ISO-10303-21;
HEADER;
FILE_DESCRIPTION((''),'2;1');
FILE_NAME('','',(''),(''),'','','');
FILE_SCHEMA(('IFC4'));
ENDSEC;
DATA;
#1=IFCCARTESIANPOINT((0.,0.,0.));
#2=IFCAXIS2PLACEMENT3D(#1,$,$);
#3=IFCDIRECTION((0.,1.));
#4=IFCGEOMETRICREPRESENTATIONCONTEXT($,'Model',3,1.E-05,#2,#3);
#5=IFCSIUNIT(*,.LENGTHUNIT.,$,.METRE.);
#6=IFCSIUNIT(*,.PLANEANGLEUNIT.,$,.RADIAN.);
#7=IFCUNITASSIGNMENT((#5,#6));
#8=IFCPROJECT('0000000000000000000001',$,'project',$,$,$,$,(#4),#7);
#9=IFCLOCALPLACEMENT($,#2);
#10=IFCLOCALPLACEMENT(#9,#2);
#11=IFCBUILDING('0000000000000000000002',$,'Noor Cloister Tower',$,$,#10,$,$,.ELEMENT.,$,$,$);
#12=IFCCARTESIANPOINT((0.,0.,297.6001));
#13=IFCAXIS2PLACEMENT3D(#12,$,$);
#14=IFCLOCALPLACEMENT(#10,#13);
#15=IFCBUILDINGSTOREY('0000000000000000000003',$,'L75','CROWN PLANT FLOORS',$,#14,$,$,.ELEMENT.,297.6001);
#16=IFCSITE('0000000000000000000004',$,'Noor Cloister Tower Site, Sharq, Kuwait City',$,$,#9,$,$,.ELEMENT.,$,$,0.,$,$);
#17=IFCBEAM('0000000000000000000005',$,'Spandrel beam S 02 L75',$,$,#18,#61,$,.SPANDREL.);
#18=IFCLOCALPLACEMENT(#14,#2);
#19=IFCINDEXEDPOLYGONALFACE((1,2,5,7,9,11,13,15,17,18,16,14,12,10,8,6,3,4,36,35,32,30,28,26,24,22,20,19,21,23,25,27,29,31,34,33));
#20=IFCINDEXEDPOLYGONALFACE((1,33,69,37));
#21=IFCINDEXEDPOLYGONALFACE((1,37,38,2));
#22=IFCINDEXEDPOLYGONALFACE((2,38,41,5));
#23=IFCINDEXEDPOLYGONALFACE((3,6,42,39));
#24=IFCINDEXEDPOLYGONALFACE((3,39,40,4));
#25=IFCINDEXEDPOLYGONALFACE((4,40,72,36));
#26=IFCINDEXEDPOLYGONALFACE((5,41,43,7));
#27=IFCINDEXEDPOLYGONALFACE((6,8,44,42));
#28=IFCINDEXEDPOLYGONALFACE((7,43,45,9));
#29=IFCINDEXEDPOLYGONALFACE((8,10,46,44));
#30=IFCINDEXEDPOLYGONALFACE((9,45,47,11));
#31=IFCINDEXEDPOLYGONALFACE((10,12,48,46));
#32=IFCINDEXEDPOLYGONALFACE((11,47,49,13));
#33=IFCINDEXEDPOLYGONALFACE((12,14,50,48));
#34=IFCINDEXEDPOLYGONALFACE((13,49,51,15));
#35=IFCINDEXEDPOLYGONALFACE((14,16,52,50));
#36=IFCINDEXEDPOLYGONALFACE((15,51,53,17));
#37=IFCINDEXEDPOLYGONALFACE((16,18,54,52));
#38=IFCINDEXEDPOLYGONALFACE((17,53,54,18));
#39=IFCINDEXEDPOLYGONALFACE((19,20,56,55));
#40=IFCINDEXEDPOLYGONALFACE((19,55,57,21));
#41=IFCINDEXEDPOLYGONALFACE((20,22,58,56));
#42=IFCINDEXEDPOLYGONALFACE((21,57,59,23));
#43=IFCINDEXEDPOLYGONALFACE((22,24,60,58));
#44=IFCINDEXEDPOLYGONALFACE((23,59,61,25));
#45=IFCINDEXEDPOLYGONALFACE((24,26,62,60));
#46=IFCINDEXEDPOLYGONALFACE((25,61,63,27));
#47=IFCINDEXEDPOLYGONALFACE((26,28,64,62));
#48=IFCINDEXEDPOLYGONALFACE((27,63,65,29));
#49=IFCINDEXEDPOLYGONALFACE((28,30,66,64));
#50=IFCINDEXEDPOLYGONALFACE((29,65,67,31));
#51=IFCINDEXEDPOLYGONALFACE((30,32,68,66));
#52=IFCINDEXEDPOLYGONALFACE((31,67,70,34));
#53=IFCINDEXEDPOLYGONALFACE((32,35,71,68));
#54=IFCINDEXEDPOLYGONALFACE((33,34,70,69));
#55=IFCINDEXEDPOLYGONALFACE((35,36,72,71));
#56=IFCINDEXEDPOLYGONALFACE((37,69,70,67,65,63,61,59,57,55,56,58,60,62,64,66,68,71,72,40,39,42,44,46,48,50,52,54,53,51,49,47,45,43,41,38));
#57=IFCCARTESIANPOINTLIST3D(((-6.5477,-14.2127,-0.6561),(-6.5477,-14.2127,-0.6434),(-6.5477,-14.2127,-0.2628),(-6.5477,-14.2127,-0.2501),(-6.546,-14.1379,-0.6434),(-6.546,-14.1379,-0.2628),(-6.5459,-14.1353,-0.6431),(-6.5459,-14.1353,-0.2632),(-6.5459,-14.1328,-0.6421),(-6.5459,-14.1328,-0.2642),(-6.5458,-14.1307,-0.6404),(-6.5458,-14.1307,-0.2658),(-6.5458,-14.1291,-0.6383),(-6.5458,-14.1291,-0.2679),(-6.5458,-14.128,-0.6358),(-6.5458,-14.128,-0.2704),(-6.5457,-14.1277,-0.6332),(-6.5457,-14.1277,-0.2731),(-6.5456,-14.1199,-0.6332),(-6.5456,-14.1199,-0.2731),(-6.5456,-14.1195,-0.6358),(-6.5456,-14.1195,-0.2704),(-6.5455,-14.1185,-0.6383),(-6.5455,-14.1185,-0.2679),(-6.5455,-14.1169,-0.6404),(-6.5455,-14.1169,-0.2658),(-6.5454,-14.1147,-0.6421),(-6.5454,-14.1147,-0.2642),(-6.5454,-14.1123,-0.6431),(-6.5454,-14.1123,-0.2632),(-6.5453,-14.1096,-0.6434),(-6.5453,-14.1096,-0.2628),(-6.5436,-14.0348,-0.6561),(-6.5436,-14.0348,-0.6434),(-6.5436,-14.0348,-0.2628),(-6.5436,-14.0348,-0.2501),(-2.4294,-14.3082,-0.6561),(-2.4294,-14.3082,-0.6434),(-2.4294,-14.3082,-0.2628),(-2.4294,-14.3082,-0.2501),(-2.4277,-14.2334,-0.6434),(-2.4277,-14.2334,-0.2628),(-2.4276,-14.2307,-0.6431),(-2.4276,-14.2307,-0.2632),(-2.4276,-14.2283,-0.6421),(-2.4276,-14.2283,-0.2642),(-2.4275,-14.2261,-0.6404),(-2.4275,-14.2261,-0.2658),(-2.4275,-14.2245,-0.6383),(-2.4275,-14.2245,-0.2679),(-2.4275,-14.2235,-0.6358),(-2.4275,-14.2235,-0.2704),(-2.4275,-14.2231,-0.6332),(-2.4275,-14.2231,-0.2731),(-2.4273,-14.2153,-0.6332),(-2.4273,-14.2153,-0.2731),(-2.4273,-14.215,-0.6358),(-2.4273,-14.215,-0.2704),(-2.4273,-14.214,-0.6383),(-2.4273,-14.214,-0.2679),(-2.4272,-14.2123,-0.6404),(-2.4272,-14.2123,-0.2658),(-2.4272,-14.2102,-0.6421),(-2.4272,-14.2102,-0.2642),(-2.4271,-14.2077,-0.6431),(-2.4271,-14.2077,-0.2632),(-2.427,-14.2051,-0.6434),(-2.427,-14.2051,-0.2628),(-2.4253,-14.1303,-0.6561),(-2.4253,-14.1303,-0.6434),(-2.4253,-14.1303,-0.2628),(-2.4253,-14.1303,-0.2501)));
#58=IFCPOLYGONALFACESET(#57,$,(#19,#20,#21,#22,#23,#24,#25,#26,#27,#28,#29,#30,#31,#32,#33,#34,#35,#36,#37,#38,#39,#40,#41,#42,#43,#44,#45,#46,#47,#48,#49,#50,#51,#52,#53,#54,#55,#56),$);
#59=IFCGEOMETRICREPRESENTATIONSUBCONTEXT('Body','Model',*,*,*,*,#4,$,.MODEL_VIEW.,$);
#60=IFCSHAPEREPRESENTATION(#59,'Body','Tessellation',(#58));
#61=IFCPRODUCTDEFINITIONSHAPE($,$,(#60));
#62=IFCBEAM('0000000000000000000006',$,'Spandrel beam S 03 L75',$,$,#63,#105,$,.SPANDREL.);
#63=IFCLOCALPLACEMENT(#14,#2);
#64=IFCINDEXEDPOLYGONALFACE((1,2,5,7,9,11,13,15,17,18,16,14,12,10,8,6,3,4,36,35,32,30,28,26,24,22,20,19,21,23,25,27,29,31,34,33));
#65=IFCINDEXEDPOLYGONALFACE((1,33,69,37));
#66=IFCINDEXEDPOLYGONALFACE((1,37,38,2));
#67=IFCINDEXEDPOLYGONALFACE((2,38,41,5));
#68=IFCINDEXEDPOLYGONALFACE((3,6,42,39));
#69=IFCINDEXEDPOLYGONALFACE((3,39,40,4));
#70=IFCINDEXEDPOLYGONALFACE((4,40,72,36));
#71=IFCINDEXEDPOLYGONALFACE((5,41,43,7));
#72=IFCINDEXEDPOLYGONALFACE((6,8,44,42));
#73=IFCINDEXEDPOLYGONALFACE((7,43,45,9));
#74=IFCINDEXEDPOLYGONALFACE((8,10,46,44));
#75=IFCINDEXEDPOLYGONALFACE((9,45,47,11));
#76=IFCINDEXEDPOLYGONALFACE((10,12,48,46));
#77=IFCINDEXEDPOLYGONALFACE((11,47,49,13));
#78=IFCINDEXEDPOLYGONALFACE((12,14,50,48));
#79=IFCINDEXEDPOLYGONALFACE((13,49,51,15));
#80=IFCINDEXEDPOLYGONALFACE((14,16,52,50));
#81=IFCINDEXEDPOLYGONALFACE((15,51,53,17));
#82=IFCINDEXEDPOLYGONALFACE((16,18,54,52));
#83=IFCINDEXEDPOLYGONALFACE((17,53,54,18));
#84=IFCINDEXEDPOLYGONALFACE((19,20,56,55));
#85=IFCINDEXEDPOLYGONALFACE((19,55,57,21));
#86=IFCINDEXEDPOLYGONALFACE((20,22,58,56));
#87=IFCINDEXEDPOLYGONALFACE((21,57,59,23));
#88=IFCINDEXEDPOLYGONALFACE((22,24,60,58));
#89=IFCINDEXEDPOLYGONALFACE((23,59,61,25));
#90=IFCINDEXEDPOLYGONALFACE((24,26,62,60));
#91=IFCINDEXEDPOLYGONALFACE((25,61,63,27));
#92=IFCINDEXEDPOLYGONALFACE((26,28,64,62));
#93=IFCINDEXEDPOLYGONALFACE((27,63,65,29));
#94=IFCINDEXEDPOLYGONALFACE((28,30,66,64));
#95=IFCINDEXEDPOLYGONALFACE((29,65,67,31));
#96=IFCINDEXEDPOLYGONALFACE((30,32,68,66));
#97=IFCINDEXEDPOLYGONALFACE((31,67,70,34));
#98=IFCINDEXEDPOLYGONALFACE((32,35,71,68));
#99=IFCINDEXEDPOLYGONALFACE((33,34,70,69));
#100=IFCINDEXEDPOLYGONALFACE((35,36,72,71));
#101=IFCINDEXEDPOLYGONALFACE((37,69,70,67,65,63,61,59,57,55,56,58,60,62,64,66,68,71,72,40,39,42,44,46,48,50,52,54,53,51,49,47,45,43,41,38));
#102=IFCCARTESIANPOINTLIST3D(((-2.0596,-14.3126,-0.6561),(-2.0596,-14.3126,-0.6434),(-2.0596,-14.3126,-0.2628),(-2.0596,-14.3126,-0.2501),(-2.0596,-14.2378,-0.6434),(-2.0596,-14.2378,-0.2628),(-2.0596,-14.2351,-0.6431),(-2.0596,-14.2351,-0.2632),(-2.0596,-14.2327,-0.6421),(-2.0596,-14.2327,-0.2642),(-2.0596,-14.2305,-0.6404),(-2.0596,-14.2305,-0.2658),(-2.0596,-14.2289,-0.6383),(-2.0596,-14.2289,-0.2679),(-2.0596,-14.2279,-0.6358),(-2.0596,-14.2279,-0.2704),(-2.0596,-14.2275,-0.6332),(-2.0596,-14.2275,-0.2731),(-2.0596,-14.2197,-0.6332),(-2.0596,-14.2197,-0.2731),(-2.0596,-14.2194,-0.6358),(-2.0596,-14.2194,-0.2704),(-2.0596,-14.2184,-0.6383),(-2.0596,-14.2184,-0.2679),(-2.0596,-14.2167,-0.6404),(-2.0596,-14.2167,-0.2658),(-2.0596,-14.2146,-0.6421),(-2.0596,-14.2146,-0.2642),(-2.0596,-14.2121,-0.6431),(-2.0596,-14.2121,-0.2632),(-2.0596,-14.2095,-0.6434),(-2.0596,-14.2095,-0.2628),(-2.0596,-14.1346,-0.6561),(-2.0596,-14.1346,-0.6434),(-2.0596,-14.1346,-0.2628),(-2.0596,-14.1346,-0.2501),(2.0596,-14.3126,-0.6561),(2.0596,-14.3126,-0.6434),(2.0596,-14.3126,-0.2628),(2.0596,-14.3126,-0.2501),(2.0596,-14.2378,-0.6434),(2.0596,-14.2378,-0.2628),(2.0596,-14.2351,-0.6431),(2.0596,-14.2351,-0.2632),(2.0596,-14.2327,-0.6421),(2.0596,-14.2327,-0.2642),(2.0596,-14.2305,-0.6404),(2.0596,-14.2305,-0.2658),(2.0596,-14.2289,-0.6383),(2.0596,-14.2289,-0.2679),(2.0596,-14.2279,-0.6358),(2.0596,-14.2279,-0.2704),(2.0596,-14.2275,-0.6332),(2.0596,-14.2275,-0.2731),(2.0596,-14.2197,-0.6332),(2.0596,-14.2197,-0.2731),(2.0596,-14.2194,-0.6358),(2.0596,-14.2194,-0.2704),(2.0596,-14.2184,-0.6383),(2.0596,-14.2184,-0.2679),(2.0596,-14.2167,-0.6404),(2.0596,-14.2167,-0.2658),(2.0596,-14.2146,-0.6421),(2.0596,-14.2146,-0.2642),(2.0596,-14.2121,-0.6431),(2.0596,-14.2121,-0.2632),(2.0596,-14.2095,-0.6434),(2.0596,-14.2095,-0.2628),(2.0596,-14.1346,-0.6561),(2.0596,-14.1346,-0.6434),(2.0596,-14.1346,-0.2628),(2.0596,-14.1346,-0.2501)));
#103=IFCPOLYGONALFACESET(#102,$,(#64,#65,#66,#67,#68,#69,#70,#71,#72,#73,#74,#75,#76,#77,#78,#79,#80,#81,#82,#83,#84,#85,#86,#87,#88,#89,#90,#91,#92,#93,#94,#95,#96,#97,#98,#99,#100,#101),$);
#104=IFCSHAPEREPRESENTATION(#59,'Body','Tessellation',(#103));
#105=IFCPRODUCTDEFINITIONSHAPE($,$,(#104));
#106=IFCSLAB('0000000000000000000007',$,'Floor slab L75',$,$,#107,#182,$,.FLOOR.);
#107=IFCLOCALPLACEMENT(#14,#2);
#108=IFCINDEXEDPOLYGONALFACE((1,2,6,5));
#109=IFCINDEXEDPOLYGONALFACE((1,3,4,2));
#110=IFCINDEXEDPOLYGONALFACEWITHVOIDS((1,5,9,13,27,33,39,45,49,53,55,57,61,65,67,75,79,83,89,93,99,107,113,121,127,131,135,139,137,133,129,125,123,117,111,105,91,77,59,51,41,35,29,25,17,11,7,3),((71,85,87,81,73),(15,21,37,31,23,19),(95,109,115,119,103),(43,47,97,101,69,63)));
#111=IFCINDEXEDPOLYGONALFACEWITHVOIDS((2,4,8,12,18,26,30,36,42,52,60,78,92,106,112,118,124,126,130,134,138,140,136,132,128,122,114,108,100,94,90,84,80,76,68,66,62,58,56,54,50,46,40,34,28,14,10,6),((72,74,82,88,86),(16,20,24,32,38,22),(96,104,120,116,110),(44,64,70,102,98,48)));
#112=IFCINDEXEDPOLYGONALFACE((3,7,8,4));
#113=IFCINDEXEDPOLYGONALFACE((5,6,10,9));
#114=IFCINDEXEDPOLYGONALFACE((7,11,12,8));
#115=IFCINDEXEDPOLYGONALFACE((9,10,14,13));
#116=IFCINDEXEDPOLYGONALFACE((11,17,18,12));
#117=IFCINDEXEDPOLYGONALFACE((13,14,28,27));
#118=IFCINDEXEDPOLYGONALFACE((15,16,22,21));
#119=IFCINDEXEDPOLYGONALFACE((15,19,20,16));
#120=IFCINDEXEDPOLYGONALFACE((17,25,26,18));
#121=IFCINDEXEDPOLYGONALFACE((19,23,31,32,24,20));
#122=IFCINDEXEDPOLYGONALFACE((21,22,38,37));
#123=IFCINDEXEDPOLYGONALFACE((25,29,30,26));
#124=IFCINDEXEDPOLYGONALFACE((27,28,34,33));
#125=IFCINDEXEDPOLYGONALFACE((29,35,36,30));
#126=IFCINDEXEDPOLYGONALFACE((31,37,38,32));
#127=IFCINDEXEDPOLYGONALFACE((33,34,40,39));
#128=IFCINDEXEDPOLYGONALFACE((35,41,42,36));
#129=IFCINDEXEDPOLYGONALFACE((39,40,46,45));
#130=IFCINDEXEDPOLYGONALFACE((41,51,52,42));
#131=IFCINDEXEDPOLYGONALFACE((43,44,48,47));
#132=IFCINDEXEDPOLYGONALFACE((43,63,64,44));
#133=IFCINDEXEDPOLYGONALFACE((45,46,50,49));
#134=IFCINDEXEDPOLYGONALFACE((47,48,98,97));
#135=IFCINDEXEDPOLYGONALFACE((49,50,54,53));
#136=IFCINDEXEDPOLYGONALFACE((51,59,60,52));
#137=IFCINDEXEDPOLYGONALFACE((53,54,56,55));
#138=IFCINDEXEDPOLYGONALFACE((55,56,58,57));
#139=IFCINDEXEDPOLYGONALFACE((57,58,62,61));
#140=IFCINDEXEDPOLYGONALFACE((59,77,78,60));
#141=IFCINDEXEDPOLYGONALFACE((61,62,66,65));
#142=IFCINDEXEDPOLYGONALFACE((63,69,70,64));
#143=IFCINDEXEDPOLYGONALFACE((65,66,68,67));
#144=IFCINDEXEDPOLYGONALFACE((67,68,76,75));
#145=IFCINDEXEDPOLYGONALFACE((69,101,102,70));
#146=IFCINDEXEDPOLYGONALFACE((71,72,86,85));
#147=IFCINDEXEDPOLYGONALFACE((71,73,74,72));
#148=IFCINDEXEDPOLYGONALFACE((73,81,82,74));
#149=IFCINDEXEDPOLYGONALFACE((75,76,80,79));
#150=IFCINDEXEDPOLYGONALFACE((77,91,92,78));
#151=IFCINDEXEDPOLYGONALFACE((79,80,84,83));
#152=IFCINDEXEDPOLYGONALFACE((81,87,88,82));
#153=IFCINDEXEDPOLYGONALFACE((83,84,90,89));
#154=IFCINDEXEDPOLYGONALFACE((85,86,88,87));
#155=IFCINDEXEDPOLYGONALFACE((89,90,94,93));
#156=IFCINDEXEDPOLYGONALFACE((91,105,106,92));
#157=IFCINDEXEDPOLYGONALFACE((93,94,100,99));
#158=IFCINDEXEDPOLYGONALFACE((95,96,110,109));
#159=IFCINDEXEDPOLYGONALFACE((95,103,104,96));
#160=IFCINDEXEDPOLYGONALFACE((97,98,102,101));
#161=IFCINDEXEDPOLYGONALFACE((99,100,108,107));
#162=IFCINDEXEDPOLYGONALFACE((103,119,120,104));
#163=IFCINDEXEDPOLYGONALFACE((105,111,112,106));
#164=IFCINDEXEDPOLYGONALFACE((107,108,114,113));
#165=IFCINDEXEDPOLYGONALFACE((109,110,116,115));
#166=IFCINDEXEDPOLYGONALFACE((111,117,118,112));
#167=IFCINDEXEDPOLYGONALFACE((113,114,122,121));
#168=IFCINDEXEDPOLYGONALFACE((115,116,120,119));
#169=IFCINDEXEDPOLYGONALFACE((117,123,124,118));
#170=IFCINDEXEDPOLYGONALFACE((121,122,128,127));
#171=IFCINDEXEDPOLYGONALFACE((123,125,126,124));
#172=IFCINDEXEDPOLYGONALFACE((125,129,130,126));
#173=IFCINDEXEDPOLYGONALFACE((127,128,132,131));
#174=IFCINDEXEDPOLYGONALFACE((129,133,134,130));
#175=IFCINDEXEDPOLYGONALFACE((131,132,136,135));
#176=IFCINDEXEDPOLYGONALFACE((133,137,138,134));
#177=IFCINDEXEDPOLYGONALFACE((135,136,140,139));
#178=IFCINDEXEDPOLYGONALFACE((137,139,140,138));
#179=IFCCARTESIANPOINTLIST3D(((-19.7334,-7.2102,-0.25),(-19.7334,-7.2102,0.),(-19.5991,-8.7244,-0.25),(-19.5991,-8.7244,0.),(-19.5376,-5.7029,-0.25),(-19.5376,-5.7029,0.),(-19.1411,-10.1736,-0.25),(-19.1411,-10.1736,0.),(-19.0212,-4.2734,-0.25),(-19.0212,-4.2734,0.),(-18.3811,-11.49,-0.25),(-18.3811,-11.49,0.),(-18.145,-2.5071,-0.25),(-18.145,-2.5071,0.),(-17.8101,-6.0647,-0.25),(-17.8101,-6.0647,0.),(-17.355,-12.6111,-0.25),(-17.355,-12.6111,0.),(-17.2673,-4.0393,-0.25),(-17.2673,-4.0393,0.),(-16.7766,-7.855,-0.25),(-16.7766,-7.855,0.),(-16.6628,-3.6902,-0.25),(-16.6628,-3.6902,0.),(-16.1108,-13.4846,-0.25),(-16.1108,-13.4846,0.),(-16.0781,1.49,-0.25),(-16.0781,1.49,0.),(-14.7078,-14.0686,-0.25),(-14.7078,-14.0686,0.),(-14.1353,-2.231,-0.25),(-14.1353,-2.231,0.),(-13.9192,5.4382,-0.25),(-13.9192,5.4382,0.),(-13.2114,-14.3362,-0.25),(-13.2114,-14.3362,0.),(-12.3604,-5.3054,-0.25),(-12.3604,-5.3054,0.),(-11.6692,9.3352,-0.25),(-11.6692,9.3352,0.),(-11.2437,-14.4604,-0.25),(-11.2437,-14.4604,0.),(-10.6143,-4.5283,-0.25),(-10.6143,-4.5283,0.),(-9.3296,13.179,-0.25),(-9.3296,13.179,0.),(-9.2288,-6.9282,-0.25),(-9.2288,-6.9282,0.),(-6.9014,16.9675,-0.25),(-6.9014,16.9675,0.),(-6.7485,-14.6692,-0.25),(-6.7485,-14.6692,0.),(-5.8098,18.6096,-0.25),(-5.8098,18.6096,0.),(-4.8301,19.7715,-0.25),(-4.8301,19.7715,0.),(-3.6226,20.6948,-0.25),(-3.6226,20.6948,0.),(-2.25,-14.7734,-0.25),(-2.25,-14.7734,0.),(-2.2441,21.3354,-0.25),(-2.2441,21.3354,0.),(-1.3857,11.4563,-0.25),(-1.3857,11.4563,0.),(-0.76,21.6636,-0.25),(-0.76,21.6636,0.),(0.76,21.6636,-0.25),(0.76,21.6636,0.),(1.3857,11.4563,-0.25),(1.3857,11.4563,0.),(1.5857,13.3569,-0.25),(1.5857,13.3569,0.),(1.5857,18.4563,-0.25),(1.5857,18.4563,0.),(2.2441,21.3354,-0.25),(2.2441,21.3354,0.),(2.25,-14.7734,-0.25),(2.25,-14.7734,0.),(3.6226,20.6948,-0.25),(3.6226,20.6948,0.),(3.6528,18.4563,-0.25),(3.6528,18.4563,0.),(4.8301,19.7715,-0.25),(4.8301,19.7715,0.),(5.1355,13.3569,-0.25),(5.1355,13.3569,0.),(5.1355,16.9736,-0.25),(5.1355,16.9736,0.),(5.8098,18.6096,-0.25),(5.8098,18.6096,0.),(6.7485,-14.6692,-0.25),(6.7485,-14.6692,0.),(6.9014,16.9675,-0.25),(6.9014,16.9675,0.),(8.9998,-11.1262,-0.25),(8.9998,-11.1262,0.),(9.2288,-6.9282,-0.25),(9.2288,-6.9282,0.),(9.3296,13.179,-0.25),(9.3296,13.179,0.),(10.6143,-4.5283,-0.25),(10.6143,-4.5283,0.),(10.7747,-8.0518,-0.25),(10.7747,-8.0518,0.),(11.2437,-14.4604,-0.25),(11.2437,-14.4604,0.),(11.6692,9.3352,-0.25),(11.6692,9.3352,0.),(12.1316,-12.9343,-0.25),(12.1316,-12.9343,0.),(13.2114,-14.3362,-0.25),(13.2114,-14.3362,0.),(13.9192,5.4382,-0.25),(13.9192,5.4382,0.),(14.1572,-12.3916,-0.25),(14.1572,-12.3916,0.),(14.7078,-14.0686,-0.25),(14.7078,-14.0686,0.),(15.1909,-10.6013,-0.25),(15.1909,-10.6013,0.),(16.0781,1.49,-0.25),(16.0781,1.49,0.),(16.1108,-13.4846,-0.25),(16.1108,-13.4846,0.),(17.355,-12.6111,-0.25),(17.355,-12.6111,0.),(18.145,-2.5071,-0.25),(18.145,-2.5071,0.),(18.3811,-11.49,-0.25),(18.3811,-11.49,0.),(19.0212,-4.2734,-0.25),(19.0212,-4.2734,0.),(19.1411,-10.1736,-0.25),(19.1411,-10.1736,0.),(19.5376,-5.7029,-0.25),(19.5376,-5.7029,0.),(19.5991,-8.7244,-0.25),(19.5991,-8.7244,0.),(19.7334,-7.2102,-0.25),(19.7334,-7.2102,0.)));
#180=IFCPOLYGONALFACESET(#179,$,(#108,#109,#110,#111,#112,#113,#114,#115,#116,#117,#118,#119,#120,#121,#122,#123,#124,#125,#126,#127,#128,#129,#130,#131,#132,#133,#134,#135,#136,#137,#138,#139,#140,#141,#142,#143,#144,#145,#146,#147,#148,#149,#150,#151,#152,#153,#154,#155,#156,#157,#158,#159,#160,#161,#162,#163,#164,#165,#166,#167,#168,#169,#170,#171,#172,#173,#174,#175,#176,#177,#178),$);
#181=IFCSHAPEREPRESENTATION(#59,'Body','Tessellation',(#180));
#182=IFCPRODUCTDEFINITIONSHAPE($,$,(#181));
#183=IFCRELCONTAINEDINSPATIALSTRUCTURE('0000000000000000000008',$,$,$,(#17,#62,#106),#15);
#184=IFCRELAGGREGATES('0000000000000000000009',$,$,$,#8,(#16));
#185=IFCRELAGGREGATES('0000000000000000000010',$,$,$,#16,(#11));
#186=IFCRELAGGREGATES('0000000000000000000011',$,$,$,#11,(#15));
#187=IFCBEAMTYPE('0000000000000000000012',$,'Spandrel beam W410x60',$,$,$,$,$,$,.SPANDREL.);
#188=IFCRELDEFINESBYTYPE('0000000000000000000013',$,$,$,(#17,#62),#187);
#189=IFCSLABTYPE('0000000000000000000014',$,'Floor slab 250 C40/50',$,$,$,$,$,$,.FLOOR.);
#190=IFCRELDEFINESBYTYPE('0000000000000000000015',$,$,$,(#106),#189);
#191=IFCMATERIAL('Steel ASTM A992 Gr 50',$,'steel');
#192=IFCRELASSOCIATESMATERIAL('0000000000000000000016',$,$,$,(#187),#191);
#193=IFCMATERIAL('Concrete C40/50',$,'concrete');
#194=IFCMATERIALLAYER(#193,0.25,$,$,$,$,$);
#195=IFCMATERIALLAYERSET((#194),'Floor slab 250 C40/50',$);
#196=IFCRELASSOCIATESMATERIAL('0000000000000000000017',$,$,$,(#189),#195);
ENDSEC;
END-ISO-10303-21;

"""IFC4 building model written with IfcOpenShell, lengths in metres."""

from ifc_helpers import new_model, si_unit, direction, frame, origin, origin_2d, place, context, subcontext, project, spatial, polyline, i_section, outline, extrude, material, layer, layer_set, material_profile, profile_set, type_object, element, save


model = new_model("IFC4")

# Units and contexts
model_context = context("Model", 3, precision=1e-05, world=origin(), true_north=direction((0.0, 1.0)))
body_context = subcontext(model_context, "Body", "Model", "MODEL_VIEW")
ifc_project = project(units=[si_unit("LENGTHUNIT", "METRE"), si_unit("PLANEANGLEUNIT", "RADIAN")], contexts=[model_context])

# Site, building, storey
site_placement = place(None, origin())
site = spatial("IfcSite", under=ifc_project, at=site_placement, Name="Noor Cloister Tower Site, Sharq, Kuwait City", CompositionType="ELEMENT", RefElevation=0.0)
building_placement = place(site_placement, origin())
building = spatial("IfcBuilding", under=site, at=building_placement, Name="Noor Cloister Tower", CompositionType="ELEMENT")
storey_placement = place(building_placement, frame((0.0, 0.0, 297.6001)))
storey = spatial("IfcBuildingStorey", under=building, at=storey_placement, Name="L75", Description="CROWN PLANT FLOORS", CompositionType="ELEMENT", Elevation=297.6001)

# Beams
ifc_material_1 = material(Name="Steel ASTM A992 Gr 50", Category="steel")
ifc_material_profile_1 = material_profile(ifc_material_1, i_section(OverallWidth=0.178, OverallDepth=0.406, WebThickness=0.0078, FlangeThickness=0.0127, FilletRadius=0.0103, at=origin_2d()), Name="W410x60")
ifc_profile_set_1 = profile_set([ifc_material_profile_1], Name="Steel ASTM A992 Gr 50")
beam_type_1 = type_object("IfcBeamType", Name="Spandrel beam W410x60", PredefinedType="SPANDREL", material=ifc_profile_set_1)
beam_1_placement = place(storey_placement, frame((-6.5457, -14.1238, -0.4531), z_axis=(0.999731, -0.023174, 0.0), x_axis=(0.023174, 0.999731, 0.0)))
element("IfcBeam", 1, at=beam_1_placement, inside=storey, type_object=beam_type_1, Name="Spandrel beam S 02 L75", PredefinedType="SPANDREL", context=body_context, shape_type="SweptSolid", body=[
    extrude(i_section(OverallWidth=0.178, OverallDepth=0.406, WebThickness=0.0078, FlangeThickness=0.0127, FilletRadius=0.0103, at=origin_2d()), origin(), (0.0, 0.0, 1.0), 4.1194),
])
beam_2_placement = place(storey_placement, frame((-2.0596, -14.2236, -0.4531), z_axis=(1.0, 0.0, 0.0), x_axis=(0.0, 1.0, 0.0)))
element("IfcBeam", 2, at=beam_2_placement, inside=storey, type_object=beam_type_1, Name="Spandrel beam S 03 L75", PredefinedType="SPANDREL", context=body_context, shape_type="SweptSolid", body=[
    extrude(i_section(OverallWidth=0.178, OverallDepth=0.406, WebThickness=0.0078, FlangeThickness=0.0127, FilletRadius=0.0103, at=origin_2d()), origin(), (0.0, 0.0, 1.0), 4.1191),
])

# Slab
ifc_material_2 = material(Name="Concrete C40/50", Category="concrete")
ifc_layer_1 = layer(ifc_material_2, 0.25)
ifc_layer_set_1 = layer_set([ifc_layer_1], Name="Floor slab 250 C40/50")
slab_type = type_object("IfcSlabType", Name="Floor slab 250 C40/50", PredefinedType="FLOOR", material=ifc_layer_set_1)
slab_placement = place(storey_placement, frame((0.0, 0.0, -0.25)))
element("IfcSlab", 3, at=slab_placement, inside=storey, type_object=slab_type, Name="Floor slab L75", PredefinedType="FLOOR", context=body_context, shape_type="SweptSolid", body=[
    extrude(outline(polyline([(5.8098, 18.6096), (4.8301, 19.7715), (3.6226, 20.6948), (2.2441, 21.3354), (0.76, 21.6636), (-0.76, 21.6636), (-2.2441, 21.3354), (-3.6226, 20.6948), (-4.8301, 19.7715), (-5.8098, 18.6096), (-6.9014, 16.9675), (-9.3296, 13.179), (-11.6692, 9.3352), (-13.9192, 5.4382), (-16.0781, 1.49), (-18.145, -2.5071), (-19.0212, -4.2734), (-19.5376, -5.7029), (-19.7334, -7.2102), (-19.5991, -8.7244), (-19.1411, -10.1736), (-18.3811, -11.49), (-17.355, -12.6111), (-16.1108, -13.4846), (-14.7078, -14.0686), (-13.2114, -14.3362), (-11.2437, -14.4604), (-6.7485, -14.6692), (-2.25, -14.7734), (2.25, -14.7734), (6.7485, -14.6692), (11.2437, -14.4604), (13.2114, -14.3362), (14.7078, -14.0686), (16.1108, -13.4846), (17.355, -12.6111), (18.3811, -11.49), (19.1411, -10.1736), (19.5991, -8.7244), (19.7334, -7.2102), (19.5376, -5.7029), (19.0212, -4.2734), (18.145, -2.5071), (16.0781, 1.49), (13.9192, 5.4382), (11.6692, 9.3352), (9.3296, 13.179), (6.9014, 16.9675), (5.8098, 18.6096)]), holes=[polyline([(8.9998, -11.1262), (12.1316, -12.9343), (14.1572, -12.3916), (15.1909, -10.6013), (10.7747, -8.0518), (8.9998, -11.1262)]), polyline([(-17.8101, -6.0647), (-16.7766, -7.855), (-12.3604, -5.3054), (-14.1353, -2.231), (-16.6628, -3.6902), (-17.2673, -4.0393), (-17.8101, -6.0647)]), polyline([(-10.6143, -4.5283), (-9.2288, -6.9282), (9.2288, -6.9282), (10.6143, -4.5283), (1.3857, 11.4563), (-1.3857, 11.4563), (-10.6143, -4.5283)]), polyline([(3.6528, 18.4563), (1.5857, 18.4563), (1.5857, 13.3569), (5.1355, 13.3569), (5.1355, 16.9736), (3.6528, 18.4563)])]), origin(), (0.0, 0.0, 1.0), 0.25),
])

save(model, "model.ifc")
